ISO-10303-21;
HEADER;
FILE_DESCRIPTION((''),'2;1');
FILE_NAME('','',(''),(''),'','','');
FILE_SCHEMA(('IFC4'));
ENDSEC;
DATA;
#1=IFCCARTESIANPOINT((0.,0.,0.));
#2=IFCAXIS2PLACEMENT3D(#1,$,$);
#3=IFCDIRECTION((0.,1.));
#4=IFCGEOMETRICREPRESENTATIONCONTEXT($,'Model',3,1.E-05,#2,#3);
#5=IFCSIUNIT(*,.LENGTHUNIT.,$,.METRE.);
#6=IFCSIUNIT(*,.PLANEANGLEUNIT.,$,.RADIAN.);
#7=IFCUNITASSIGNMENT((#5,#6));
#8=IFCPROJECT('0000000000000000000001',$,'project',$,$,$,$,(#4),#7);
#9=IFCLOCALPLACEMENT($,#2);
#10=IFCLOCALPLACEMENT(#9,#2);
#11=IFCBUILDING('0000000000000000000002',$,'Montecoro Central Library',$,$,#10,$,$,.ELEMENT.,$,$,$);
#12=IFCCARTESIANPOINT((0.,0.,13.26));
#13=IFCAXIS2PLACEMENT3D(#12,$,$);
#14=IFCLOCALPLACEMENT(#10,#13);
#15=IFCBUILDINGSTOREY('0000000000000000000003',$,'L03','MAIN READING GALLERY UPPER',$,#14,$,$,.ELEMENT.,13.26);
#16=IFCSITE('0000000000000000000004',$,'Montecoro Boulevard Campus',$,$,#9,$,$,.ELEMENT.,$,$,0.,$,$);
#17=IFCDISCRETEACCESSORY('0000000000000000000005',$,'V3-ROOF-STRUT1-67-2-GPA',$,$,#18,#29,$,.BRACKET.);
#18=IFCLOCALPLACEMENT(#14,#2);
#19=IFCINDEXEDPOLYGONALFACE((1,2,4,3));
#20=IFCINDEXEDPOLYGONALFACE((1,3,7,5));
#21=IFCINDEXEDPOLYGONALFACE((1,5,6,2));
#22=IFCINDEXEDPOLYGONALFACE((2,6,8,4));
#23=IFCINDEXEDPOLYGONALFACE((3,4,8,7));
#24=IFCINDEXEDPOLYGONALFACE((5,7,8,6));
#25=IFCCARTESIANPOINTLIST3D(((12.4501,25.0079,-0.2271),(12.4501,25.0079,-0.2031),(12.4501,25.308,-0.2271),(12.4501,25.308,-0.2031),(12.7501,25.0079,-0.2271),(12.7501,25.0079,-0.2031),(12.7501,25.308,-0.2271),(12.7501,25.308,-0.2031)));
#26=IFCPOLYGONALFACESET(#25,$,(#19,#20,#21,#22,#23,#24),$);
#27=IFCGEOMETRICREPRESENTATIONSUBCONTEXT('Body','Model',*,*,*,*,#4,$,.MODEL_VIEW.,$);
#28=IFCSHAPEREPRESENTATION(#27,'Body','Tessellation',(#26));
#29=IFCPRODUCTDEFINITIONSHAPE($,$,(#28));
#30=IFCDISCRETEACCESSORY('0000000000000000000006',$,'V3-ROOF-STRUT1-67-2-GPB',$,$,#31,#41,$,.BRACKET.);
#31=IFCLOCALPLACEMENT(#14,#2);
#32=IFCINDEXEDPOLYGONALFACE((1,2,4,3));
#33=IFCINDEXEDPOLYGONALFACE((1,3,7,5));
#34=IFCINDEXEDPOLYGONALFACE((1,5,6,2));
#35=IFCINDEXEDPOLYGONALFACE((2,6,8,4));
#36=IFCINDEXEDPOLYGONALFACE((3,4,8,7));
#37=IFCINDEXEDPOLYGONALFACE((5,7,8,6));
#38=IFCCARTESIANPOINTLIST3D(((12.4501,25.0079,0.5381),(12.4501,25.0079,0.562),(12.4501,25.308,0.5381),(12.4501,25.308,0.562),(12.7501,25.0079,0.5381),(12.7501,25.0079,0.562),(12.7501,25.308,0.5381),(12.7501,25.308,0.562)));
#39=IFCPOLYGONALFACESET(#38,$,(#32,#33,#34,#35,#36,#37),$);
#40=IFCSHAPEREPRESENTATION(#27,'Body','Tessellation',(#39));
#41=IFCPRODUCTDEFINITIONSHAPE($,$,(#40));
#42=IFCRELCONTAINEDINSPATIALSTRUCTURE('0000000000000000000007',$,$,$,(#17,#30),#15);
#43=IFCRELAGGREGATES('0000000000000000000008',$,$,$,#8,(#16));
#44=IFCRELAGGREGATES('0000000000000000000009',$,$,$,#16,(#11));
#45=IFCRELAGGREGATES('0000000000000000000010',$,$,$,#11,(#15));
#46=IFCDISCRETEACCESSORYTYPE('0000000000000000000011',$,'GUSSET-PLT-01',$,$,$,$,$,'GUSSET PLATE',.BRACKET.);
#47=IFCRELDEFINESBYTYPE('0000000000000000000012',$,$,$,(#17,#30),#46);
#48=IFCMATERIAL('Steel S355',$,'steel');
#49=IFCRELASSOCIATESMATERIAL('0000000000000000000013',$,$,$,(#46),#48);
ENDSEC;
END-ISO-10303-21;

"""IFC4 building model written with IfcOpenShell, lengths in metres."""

from ifc_helpers import new_model, si_unit, direction, frame, origin, origin_2d, place, context, subcontext, project, spatial, rectangle, extrude, material, type_object, element, save


model = new_model("IFC4")

# Units and contexts
model_context = context("Model", 3, precision=1e-05, world=origin(), true_north=direction((0.0, 1.0)))
body_context = subcontext(model_context, "Body", "Model", "MODEL_VIEW")
ifc_project = project(units=[si_unit("LENGTHUNIT", "METRE"), si_unit("PLANEANGLEUNIT", "RADIAN")], contexts=[model_context])

# Site, building, storey
site_placement = place(None, origin())
site = spatial("IfcSite", under=ifc_project, at=site_placement, Name="Montecoro Boulevard Campus", CompositionType="ELEMENT", RefElevation=0.0)
building_placement = place(site_placement, origin())
building = spatial("IfcBuilding", under=site, at=building_placement, Name="Montecoro Central Library", CompositionType="ELEMENT")
storey_placement = place(building_placement, frame((0.0, 0.0, 13.26)))
storey = spatial("IfcBuildingStorey", under=building, at=storey_placement, Name="L03", Description="MAIN READING GALLERY UPPER", CompositionType="ELEMENT", Elevation=13.26)

# Shared definitions
ifc_material_1 = material(Name="Steel S355", Category="steel")

# Discrete accessories
discrete_accessory_type = type_object("IfcDiscreteAccessoryType", Name="GUSSET-PLT-01", ElementType="GUSSET PLATE", PredefinedType="BRACKET", material=ifc_material_1)
for number, where, z_axis, x_axis, name in (
    (1, (12.6001, 25.158, -0.2271), (0.0, 0.0, 1.0), (1.0, 0.0, 0.0), "V3-ROOF-STRUT1-67-2-GPA"),
    (2, (12.6001, 25.158, 0.5381), (0.0, 0.0, 1.0), (1.0, 0.0, 0.0), "V3-ROOF-STRUT1-67-2-GPB"),
):
    element("IfcDiscreteAccessory", number, at=place(storey_placement, frame(where, z_axis=z_axis, x_axis=x_axis)), inside=storey, type_object=discrete_accessory_type, Name=name, PredefinedType="BRACKET", context=body_context, shape_type="SweptSolid", body=[
        extrude(rectangle(XDim=0.3, YDim=0.3, at=origin_2d()), origin(), (0.0, 0.0, 1.0), 0.0239),
    ])

save(model, "model.ifc")
